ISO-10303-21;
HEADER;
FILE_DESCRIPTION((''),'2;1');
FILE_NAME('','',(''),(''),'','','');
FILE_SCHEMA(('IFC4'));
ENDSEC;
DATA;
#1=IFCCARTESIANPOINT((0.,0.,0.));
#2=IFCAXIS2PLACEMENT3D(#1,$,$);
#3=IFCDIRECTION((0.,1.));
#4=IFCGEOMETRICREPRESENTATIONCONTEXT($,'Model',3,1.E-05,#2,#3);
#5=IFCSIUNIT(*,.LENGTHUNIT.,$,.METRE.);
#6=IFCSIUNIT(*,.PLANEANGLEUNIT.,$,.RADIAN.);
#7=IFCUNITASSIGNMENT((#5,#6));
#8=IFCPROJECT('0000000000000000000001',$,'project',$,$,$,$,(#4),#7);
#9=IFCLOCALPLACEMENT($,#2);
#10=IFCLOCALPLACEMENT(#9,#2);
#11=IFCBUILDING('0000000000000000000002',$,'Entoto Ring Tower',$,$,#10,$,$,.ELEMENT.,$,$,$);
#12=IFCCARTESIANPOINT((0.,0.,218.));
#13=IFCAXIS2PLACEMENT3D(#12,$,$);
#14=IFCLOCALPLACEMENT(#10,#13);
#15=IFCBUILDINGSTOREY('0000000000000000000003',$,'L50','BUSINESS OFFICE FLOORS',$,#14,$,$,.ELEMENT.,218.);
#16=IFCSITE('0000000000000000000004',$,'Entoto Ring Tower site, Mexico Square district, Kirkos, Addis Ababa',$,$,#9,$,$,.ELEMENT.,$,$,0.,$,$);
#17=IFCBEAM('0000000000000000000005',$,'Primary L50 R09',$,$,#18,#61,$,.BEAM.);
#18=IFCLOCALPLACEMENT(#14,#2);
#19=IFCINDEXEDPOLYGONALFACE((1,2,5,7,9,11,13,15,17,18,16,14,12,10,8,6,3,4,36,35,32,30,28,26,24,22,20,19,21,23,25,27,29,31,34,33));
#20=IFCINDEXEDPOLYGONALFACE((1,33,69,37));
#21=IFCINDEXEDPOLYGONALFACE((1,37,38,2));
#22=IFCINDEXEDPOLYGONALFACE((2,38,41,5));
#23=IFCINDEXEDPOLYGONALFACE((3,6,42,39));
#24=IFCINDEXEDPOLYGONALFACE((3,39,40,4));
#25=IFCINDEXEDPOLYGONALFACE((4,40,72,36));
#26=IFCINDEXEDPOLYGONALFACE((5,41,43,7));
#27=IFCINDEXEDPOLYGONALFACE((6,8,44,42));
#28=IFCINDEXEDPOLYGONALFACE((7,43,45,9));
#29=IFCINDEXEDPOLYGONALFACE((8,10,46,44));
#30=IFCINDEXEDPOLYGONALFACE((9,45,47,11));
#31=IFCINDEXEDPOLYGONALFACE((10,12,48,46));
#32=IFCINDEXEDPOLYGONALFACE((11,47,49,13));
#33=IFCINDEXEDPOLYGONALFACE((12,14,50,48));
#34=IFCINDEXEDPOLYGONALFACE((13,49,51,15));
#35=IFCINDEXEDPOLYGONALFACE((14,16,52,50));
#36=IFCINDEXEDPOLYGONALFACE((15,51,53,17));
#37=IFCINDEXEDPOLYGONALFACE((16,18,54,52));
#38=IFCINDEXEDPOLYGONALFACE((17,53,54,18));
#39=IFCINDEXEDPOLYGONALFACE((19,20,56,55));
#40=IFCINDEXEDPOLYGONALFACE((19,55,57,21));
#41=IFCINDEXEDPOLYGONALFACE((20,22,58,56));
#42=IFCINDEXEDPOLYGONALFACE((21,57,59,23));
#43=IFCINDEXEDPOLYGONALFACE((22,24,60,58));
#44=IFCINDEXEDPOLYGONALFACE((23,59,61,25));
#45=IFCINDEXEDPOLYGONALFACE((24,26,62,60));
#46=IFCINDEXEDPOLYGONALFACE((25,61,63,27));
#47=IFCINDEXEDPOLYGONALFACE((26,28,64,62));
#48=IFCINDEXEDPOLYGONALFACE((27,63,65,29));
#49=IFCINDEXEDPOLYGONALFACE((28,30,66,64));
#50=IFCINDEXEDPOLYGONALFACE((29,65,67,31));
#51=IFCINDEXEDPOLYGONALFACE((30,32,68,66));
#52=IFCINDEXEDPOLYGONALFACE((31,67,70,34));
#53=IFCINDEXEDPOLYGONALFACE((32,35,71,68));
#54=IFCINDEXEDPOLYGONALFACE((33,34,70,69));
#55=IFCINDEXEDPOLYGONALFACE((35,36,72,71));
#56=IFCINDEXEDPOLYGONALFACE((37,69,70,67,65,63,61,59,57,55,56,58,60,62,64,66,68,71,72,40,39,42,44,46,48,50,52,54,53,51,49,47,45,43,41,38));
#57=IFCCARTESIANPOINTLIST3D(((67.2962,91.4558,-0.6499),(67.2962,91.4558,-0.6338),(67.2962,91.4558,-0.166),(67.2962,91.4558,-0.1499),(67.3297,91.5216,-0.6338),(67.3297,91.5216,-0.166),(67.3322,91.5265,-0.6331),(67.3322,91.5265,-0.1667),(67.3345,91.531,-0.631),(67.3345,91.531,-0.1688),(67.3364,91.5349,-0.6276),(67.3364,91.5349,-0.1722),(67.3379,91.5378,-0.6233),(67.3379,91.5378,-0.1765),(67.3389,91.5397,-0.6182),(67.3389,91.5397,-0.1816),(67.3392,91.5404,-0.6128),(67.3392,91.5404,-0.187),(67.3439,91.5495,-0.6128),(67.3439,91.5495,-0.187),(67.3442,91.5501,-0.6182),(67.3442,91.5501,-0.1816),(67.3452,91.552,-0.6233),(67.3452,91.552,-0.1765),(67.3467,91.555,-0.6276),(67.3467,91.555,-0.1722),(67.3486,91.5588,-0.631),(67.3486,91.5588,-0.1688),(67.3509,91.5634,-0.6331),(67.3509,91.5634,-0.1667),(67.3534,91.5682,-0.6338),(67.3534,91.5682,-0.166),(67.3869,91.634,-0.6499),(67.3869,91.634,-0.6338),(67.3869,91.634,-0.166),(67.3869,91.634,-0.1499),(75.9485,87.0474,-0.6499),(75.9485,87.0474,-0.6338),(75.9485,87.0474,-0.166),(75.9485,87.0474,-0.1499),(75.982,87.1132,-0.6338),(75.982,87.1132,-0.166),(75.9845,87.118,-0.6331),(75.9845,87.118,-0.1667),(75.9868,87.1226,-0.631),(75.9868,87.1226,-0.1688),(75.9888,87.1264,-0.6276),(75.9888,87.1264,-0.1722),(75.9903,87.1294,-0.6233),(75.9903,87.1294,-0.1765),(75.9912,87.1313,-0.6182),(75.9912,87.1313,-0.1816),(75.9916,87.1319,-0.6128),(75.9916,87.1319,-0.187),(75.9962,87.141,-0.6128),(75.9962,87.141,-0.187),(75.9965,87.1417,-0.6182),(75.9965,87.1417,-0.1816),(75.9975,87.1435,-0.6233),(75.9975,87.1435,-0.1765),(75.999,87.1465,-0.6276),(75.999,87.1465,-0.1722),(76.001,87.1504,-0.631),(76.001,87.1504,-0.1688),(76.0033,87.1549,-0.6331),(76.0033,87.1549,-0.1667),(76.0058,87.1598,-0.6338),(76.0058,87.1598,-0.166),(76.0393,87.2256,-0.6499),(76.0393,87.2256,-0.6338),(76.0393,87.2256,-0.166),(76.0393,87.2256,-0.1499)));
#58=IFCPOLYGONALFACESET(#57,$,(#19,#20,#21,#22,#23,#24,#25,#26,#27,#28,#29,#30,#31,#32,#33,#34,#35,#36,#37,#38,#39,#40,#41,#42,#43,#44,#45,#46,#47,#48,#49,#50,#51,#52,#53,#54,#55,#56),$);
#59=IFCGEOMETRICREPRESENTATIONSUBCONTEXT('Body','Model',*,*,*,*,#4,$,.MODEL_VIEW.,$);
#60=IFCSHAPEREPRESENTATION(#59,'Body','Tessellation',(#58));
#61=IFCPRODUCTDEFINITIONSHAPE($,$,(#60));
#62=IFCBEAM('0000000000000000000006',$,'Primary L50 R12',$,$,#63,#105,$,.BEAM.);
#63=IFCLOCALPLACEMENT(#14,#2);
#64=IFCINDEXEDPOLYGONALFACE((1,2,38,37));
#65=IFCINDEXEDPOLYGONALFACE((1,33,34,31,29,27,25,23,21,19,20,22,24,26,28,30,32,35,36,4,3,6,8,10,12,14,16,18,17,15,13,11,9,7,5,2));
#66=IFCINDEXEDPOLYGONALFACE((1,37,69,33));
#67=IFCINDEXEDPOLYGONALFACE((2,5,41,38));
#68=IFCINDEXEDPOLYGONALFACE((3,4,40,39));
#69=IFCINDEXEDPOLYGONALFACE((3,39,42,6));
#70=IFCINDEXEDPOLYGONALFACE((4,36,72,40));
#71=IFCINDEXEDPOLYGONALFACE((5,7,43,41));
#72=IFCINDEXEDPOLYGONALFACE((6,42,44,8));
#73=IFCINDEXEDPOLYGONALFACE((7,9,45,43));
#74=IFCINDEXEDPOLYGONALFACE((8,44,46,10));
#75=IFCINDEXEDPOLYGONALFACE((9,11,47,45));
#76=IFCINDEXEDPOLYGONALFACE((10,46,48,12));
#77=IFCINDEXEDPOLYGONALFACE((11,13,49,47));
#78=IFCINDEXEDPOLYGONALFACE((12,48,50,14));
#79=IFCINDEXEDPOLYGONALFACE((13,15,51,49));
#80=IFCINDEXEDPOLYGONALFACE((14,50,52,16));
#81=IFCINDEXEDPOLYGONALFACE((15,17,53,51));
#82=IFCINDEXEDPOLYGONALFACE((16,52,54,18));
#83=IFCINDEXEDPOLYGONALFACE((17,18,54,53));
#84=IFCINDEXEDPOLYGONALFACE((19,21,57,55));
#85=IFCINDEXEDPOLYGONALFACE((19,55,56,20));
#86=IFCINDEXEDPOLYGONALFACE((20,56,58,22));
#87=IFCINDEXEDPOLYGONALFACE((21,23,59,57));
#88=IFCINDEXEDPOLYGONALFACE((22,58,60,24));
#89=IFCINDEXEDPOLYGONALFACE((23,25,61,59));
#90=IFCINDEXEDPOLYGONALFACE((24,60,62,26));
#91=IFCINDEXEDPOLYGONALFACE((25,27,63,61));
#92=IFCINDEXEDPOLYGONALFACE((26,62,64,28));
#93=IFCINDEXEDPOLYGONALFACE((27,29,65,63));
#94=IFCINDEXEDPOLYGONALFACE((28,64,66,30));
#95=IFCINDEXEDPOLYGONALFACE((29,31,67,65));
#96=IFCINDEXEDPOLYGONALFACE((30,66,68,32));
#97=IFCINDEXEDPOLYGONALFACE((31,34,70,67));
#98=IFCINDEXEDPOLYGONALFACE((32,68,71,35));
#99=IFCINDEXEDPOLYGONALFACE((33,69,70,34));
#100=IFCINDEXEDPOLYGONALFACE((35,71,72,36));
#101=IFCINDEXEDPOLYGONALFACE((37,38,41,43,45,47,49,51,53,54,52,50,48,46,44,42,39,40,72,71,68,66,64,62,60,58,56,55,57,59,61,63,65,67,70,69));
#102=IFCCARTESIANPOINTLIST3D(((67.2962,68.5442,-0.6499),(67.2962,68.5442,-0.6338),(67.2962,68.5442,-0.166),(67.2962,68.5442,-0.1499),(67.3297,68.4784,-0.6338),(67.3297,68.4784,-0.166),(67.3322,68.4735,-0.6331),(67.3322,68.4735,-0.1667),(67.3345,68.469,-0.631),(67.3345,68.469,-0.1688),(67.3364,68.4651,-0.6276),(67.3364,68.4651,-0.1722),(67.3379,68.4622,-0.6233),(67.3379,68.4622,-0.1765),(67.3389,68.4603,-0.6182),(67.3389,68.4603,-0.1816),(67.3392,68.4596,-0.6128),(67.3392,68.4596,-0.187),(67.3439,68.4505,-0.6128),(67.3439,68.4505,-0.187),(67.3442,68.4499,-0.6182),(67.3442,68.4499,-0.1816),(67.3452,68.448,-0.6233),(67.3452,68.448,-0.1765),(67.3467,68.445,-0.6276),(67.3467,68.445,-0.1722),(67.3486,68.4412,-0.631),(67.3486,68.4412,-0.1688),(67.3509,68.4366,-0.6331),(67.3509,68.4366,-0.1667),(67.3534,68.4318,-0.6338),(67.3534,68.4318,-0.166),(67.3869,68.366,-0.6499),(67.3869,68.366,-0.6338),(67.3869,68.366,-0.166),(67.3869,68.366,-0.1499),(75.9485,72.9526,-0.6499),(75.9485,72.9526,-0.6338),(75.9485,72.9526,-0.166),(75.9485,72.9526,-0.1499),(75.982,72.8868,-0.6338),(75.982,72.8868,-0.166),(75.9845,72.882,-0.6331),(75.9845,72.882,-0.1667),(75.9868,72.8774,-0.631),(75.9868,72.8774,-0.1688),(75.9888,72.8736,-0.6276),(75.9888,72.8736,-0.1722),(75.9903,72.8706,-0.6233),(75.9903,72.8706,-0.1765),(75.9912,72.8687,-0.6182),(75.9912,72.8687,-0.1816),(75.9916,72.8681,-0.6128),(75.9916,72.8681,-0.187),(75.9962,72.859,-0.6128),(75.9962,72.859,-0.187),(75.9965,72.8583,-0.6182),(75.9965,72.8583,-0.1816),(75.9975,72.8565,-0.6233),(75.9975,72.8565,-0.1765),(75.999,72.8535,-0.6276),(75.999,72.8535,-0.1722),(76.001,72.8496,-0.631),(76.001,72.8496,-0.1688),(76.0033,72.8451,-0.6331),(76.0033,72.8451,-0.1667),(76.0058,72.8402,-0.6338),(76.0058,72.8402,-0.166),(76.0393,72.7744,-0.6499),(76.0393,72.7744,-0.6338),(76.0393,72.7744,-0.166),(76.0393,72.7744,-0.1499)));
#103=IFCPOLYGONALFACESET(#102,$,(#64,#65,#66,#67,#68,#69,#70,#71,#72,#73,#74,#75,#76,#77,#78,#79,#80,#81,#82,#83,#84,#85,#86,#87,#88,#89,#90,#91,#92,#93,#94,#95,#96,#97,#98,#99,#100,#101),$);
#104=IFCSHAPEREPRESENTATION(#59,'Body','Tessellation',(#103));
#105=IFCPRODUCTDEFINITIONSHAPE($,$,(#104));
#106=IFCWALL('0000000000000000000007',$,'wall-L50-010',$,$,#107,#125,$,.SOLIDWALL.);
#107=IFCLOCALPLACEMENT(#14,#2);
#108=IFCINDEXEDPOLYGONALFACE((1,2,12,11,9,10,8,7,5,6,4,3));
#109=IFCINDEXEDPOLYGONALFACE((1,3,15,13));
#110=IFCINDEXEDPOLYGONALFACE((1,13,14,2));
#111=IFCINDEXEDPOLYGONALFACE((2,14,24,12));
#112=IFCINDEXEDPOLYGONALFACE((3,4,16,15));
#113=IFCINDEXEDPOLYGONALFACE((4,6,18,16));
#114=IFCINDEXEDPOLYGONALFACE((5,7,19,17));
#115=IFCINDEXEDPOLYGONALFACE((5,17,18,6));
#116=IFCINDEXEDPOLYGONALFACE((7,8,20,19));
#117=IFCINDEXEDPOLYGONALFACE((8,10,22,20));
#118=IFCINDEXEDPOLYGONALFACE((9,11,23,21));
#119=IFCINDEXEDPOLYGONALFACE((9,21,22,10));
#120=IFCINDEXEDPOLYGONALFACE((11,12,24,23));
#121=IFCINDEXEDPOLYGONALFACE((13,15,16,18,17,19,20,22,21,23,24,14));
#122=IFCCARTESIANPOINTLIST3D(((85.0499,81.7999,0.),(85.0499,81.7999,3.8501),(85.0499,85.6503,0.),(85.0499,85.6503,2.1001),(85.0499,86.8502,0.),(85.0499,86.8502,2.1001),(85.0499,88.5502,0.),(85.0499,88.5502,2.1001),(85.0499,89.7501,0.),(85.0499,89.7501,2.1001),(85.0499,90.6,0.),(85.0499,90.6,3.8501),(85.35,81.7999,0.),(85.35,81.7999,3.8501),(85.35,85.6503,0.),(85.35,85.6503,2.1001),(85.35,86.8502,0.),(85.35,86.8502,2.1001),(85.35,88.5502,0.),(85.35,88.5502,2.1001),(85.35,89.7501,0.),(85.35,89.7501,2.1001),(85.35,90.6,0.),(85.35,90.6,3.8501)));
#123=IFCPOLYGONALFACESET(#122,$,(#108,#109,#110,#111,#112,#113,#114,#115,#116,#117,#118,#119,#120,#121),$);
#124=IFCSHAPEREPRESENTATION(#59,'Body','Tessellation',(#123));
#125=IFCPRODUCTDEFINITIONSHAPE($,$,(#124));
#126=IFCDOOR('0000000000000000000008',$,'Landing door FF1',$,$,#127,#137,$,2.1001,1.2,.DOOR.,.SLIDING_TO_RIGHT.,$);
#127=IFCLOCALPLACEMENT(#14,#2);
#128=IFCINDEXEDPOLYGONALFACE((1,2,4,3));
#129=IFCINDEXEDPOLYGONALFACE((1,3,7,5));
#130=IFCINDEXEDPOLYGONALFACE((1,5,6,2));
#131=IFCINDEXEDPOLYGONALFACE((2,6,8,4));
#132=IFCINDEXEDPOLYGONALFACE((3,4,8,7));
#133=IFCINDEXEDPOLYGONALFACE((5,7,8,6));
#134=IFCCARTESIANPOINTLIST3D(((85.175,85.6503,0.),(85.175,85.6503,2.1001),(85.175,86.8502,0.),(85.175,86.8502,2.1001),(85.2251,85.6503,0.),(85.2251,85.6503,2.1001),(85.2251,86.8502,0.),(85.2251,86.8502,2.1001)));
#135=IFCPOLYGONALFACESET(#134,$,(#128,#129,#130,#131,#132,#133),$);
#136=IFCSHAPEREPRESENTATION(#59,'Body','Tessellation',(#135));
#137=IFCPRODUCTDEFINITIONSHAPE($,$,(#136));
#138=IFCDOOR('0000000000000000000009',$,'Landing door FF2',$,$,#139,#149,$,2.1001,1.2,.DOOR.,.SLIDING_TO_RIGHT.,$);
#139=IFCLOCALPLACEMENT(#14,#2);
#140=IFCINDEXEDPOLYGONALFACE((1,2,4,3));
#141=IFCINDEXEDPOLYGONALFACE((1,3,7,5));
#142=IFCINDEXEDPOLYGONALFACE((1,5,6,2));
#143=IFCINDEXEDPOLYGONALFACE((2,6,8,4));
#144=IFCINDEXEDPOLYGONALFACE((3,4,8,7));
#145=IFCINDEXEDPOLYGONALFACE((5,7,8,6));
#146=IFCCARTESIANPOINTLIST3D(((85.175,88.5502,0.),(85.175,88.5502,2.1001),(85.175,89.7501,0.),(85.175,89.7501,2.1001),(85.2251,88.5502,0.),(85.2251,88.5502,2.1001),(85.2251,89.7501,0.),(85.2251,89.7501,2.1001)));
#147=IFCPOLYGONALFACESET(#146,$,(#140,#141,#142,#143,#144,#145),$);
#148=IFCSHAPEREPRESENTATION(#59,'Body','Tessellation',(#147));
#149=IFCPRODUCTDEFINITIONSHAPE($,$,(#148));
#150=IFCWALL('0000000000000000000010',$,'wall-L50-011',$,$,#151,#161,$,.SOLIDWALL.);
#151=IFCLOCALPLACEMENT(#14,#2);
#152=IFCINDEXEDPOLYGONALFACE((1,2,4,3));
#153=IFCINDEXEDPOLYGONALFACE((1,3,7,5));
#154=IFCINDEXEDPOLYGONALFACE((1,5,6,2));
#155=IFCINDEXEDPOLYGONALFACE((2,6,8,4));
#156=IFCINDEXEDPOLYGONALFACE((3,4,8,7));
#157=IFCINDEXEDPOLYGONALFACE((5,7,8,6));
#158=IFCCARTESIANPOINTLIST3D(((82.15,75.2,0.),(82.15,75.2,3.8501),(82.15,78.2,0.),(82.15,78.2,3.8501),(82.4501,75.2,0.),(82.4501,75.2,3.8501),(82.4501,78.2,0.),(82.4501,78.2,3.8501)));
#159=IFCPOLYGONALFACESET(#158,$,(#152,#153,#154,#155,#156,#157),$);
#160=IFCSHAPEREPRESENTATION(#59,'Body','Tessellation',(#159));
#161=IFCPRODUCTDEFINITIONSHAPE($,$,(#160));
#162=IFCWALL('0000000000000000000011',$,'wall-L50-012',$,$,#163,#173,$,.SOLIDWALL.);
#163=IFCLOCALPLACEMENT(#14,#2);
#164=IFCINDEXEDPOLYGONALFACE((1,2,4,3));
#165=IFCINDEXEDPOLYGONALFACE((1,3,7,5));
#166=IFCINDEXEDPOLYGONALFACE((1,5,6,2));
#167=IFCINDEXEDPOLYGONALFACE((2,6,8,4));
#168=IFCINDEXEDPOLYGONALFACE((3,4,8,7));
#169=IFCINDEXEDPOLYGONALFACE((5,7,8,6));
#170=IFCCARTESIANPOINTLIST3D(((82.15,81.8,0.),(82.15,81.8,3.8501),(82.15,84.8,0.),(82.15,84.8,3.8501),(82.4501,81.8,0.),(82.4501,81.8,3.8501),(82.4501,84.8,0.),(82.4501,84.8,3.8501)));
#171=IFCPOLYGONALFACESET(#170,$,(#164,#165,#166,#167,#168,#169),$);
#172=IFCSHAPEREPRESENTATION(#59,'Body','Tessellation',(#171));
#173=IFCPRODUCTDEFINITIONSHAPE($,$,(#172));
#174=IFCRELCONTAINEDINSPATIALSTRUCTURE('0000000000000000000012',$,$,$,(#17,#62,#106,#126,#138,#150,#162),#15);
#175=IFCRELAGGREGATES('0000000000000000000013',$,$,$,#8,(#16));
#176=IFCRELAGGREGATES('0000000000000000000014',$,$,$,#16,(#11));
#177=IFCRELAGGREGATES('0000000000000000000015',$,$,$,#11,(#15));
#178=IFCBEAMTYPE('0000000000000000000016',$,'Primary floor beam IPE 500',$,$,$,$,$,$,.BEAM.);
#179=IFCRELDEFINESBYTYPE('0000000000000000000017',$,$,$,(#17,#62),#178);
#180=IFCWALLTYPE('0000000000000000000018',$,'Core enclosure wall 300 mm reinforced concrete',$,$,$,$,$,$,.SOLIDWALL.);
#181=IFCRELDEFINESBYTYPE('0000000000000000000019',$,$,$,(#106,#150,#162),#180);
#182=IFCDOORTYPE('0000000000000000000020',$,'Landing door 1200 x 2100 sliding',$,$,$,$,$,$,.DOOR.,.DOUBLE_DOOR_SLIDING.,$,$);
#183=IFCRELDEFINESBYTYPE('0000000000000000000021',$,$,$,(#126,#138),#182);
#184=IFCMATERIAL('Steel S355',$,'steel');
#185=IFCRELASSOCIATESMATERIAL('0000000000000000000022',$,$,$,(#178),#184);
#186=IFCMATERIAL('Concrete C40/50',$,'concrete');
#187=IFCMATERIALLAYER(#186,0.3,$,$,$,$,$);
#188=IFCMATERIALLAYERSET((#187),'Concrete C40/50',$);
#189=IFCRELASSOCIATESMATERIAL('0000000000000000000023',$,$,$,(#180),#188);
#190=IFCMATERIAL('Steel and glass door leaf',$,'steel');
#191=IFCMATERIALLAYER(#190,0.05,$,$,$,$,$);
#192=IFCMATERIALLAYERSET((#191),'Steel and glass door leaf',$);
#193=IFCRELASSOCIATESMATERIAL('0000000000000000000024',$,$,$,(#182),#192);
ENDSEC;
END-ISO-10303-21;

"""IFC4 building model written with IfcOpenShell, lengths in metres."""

from ifc_helpers import new_model, si_unit, direction, frame, frame_2d, origin, origin_2d, place, context, subcontext, project, spatial, rectangle, i_section, extrude, material, layer, layer_set, material_profile, profile_set, type_object, element, fill, save


model = new_model("IFC4")

# Units and contexts
model_context = context("Model", 3, precision=1e-05, world=origin(), true_north=direction((0.0, 1.0)))
body_context = subcontext(model_context, "Body", "Model", "MODEL_VIEW")
ifc_project = project(units=[si_unit("LENGTHUNIT", "METRE"), si_unit("PLANEANGLEUNIT", "RADIAN")], contexts=[model_context])

# Site, building, storey
site_placement = place(None, origin())
site = spatial("IfcSite", under=ifc_project, at=site_placement, Name="Entoto Ring Tower site, Mexico Square district, Kirkos, Addis Ababa", CompositionType="ELEMENT", RefElevation=0.0)
building_placement = place(site_placement, origin())
building = spatial("IfcBuilding", under=site, at=building_placement, Name="Entoto Ring Tower", CompositionType="ELEMENT")
storey_placement = place(building_placement, frame((0.0, 0.0, 218.0)))
storey = spatial("IfcBuildingStorey", under=building, at=storey_placement, Name="L50", Description="BUSINESS OFFICE FLOORS", CompositionType="ELEMENT", Elevation=218.0)

# Beams
ifc_material_1 = material(Name="Steel S355", Category="steel")
ifc_material_profile = material_profile(ifc_material_1, i_section(OverallWidth=0.2, OverallDepth=0.5, WebThickness=0.0103, FlangeThickness=0.0161, FilletRadius=0.021, at=origin_2d()), Name="IPE 500")
ifc_profile_set = profile_set([ifc_material_profile], Name="Steel S355")
beam_type = type_object("IfcBeamType", Name="Primary floor beam IPE 500", PredefinedType="BEAM", material=ifc_profile_set)
for number, where, z_axis, x_axis, name in (
    (1, (75.9939, 87.1365, -0.3999), (-0.891012, 0.453979, 0.0), (-0.453979, -0.891012, 0.0), "Primary L50 R09"),
    (2, (75.9939, 72.8635, -0.3999), (-0.891012, -0.453979, 0.0), (0.453979, -0.891012, 0.0), "Primary L50 R12"),
):
    element("IfcBeam", number, at=place(storey_placement, frame(where, z_axis=z_axis, x_axis=x_axis)), inside=storey, type_object=beam_type, Name=name, PredefinedType="BEAM", context=body_context, shape_type="SweptSolid", body=[
        extrude(i_section(OverallWidth=0.2, OverallDepth=0.5, WebThickness=0.0103, FlangeThickness=0.0161, FilletRadius=0.021, at=origin_2d()), origin(), (0.0, 0.0, 1.0), 9.7107),
    ])

# Wall, openings, doors
ifc_material_2 = material(Name="Concrete C40/50", Category="concrete")
ifc_layer_1 = layer(ifc_material_2, 0.3)
ifc_layer_set_1 = layer_set([ifc_layer_1], Name="Concrete C40/50")
wall_type = type_object("IfcWallType", Name="Core enclosure wall 300 mm reinforced concrete", PredefinedType="SOLIDWALL", material=ifc_layer_set_1)
wall_1_placement = place(storey_placement, frame((85.2, 81.8, 0.0), z_axis=(0.0, 0.0, 1.0), x_axis=(0.0, 1.0, 0.0)))
wall_1 = element("IfcWall", 3, at=wall_1_placement, inside=storey, type_object=wall_type, Name="wall-L50-010", PredefinedType="SOLIDWALL", context=body_context, shape_type="SweptSolid", body=[
    extrude(rectangle(XDim=8.8, YDim=0.3, at=frame_2d((4.3999, 0.0))), origin(), (0.0, 0.0, 1.0), 3.8501),
])
opening_1_placement = place(wall_1_placement, frame((3.8501, 0.0, 0.0)))
opening_1 = element("IfcOpeningElement", 4, at=opening_1_placement, cuts=wall_1, PredefinedType="OPENING", context=body_context, shape_type="SweptSolid", body=[
    extrude(rectangle(XDim=1.2, YDim=2.1001, at=frame_2d((0.6001, 1.05))), frame((0.0, 0.1602, 0.0), z_axis=(0.0, -1.0, 0.0), x_axis=(1.0, 0.0, 0.0)), (0.0, 0.0, 1.0), 0.3201),
])
opening_2_placement = place(wall_1_placement, frame((6.75, 0.0, 0.0)))
opening_2 = element("IfcOpeningElement", 5, at=opening_2_placement, cuts=wall_1, PredefinedType="OPENING", context=body_context, shape_type="SweptSolid", body=[
    extrude(rectangle(XDim=1.2, YDim=2.1001, at=frame_2d((0.6001, 1.05))), frame((0.0, 0.1602, 0.0), z_axis=(0.0, -1.0, 0.0), x_axis=(1.0, 0.0, 0.0)), (0.0, 0.0, 1.0), 0.3201),
])
ifc_material_3 = material(Name="Steel and glass door leaf", Category="steel")
ifc_layer_2 = layer(ifc_material_3, 0.05)
ifc_layer_set_2 = layer_set([ifc_layer_2], Name="Steel and glass door leaf")
door_type_1 = type_object("IfcDoorType", Name="Landing door 1200 x 2100 sliding", OperationType="DOUBLE_DOOR_SLIDING", PredefinedType="DOOR", material=ifc_layer_set_2)
door_1_placement = place(opening_1_placement, origin())
door_1 = element("IfcDoor", 6, at=door_1_placement, inside=storey, type_object=door_type_1, Name="Landing door FF1", OperationType="SLIDING_TO_RIGHT", OverallHeight=2.1001, OverallWidth=1.2, PredefinedType="DOOR", context=body_context, shape_type="SweptSolid", body=[
    extrude(rectangle(XDim=1.2, YDim=2.1001, at=frame_2d((0.6001, 1.05))), frame((0.0, 0.0249, 0.0), z_axis=(0.0, -1.0, 0.0), x_axis=(1.0, 0.0, 0.0)), (0.0, 0.0, 1.0), 0.05),
])
fill(opening_1, door_1)
door_2_placement = place(opening_2_placement, origin())
door_2 = element("IfcDoor", 7, at=door_2_placement, inside=storey, type_object=door_type_1, Name="Landing door FF2", OperationType="SLIDING_TO_RIGHT", OverallHeight=2.1001, OverallWidth=1.2, PredefinedType="DOOR", context=body_context, shape_type="SweptSolid", body=[
    extrude(rectangle(XDim=1.2, YDim=2.1001, at=frame_2d((0.6001, 1.05))), frame((0.0, 0.0249, 0.0), z_axis=(0.0, -1.0, 0.0), x_axis=(1.0, 0.0, 0.0)), (0.0, 0.0, 1.0), 0.05),
])
fill(opening_2, door_2)

# Walls
for number, where, z_axis, x_axis, name in (
    (8, (82.3, 75.2, 0.0), (0.0, 0.0, 1.0), (0.0, 1.0, 0.0), "wall-L50-011"),
    (9, (82.3, 81.8, 0.0), (0.0, 0.0, 1.0), (0.0, 1.0, 0.0), "wall-L50-012"),
):
    element("IfcWall", number, at=place(storey_placement, frame(where, z_axis=z_axis, x_axis=x_axis)), inside=storey, type_object=wall_type, Name=name, PredefinedType="SOLIDWALL", context=body_context, shape_type="SweptSolid", body=[
        extrude(rectangle(XDim=3.0, YDim=0.3, at=frame_2d((1.5, 0.0))), origin(), (0.0, 0.0, 1.0), 3.8501),
    ])

save(model, "model.ifc")
